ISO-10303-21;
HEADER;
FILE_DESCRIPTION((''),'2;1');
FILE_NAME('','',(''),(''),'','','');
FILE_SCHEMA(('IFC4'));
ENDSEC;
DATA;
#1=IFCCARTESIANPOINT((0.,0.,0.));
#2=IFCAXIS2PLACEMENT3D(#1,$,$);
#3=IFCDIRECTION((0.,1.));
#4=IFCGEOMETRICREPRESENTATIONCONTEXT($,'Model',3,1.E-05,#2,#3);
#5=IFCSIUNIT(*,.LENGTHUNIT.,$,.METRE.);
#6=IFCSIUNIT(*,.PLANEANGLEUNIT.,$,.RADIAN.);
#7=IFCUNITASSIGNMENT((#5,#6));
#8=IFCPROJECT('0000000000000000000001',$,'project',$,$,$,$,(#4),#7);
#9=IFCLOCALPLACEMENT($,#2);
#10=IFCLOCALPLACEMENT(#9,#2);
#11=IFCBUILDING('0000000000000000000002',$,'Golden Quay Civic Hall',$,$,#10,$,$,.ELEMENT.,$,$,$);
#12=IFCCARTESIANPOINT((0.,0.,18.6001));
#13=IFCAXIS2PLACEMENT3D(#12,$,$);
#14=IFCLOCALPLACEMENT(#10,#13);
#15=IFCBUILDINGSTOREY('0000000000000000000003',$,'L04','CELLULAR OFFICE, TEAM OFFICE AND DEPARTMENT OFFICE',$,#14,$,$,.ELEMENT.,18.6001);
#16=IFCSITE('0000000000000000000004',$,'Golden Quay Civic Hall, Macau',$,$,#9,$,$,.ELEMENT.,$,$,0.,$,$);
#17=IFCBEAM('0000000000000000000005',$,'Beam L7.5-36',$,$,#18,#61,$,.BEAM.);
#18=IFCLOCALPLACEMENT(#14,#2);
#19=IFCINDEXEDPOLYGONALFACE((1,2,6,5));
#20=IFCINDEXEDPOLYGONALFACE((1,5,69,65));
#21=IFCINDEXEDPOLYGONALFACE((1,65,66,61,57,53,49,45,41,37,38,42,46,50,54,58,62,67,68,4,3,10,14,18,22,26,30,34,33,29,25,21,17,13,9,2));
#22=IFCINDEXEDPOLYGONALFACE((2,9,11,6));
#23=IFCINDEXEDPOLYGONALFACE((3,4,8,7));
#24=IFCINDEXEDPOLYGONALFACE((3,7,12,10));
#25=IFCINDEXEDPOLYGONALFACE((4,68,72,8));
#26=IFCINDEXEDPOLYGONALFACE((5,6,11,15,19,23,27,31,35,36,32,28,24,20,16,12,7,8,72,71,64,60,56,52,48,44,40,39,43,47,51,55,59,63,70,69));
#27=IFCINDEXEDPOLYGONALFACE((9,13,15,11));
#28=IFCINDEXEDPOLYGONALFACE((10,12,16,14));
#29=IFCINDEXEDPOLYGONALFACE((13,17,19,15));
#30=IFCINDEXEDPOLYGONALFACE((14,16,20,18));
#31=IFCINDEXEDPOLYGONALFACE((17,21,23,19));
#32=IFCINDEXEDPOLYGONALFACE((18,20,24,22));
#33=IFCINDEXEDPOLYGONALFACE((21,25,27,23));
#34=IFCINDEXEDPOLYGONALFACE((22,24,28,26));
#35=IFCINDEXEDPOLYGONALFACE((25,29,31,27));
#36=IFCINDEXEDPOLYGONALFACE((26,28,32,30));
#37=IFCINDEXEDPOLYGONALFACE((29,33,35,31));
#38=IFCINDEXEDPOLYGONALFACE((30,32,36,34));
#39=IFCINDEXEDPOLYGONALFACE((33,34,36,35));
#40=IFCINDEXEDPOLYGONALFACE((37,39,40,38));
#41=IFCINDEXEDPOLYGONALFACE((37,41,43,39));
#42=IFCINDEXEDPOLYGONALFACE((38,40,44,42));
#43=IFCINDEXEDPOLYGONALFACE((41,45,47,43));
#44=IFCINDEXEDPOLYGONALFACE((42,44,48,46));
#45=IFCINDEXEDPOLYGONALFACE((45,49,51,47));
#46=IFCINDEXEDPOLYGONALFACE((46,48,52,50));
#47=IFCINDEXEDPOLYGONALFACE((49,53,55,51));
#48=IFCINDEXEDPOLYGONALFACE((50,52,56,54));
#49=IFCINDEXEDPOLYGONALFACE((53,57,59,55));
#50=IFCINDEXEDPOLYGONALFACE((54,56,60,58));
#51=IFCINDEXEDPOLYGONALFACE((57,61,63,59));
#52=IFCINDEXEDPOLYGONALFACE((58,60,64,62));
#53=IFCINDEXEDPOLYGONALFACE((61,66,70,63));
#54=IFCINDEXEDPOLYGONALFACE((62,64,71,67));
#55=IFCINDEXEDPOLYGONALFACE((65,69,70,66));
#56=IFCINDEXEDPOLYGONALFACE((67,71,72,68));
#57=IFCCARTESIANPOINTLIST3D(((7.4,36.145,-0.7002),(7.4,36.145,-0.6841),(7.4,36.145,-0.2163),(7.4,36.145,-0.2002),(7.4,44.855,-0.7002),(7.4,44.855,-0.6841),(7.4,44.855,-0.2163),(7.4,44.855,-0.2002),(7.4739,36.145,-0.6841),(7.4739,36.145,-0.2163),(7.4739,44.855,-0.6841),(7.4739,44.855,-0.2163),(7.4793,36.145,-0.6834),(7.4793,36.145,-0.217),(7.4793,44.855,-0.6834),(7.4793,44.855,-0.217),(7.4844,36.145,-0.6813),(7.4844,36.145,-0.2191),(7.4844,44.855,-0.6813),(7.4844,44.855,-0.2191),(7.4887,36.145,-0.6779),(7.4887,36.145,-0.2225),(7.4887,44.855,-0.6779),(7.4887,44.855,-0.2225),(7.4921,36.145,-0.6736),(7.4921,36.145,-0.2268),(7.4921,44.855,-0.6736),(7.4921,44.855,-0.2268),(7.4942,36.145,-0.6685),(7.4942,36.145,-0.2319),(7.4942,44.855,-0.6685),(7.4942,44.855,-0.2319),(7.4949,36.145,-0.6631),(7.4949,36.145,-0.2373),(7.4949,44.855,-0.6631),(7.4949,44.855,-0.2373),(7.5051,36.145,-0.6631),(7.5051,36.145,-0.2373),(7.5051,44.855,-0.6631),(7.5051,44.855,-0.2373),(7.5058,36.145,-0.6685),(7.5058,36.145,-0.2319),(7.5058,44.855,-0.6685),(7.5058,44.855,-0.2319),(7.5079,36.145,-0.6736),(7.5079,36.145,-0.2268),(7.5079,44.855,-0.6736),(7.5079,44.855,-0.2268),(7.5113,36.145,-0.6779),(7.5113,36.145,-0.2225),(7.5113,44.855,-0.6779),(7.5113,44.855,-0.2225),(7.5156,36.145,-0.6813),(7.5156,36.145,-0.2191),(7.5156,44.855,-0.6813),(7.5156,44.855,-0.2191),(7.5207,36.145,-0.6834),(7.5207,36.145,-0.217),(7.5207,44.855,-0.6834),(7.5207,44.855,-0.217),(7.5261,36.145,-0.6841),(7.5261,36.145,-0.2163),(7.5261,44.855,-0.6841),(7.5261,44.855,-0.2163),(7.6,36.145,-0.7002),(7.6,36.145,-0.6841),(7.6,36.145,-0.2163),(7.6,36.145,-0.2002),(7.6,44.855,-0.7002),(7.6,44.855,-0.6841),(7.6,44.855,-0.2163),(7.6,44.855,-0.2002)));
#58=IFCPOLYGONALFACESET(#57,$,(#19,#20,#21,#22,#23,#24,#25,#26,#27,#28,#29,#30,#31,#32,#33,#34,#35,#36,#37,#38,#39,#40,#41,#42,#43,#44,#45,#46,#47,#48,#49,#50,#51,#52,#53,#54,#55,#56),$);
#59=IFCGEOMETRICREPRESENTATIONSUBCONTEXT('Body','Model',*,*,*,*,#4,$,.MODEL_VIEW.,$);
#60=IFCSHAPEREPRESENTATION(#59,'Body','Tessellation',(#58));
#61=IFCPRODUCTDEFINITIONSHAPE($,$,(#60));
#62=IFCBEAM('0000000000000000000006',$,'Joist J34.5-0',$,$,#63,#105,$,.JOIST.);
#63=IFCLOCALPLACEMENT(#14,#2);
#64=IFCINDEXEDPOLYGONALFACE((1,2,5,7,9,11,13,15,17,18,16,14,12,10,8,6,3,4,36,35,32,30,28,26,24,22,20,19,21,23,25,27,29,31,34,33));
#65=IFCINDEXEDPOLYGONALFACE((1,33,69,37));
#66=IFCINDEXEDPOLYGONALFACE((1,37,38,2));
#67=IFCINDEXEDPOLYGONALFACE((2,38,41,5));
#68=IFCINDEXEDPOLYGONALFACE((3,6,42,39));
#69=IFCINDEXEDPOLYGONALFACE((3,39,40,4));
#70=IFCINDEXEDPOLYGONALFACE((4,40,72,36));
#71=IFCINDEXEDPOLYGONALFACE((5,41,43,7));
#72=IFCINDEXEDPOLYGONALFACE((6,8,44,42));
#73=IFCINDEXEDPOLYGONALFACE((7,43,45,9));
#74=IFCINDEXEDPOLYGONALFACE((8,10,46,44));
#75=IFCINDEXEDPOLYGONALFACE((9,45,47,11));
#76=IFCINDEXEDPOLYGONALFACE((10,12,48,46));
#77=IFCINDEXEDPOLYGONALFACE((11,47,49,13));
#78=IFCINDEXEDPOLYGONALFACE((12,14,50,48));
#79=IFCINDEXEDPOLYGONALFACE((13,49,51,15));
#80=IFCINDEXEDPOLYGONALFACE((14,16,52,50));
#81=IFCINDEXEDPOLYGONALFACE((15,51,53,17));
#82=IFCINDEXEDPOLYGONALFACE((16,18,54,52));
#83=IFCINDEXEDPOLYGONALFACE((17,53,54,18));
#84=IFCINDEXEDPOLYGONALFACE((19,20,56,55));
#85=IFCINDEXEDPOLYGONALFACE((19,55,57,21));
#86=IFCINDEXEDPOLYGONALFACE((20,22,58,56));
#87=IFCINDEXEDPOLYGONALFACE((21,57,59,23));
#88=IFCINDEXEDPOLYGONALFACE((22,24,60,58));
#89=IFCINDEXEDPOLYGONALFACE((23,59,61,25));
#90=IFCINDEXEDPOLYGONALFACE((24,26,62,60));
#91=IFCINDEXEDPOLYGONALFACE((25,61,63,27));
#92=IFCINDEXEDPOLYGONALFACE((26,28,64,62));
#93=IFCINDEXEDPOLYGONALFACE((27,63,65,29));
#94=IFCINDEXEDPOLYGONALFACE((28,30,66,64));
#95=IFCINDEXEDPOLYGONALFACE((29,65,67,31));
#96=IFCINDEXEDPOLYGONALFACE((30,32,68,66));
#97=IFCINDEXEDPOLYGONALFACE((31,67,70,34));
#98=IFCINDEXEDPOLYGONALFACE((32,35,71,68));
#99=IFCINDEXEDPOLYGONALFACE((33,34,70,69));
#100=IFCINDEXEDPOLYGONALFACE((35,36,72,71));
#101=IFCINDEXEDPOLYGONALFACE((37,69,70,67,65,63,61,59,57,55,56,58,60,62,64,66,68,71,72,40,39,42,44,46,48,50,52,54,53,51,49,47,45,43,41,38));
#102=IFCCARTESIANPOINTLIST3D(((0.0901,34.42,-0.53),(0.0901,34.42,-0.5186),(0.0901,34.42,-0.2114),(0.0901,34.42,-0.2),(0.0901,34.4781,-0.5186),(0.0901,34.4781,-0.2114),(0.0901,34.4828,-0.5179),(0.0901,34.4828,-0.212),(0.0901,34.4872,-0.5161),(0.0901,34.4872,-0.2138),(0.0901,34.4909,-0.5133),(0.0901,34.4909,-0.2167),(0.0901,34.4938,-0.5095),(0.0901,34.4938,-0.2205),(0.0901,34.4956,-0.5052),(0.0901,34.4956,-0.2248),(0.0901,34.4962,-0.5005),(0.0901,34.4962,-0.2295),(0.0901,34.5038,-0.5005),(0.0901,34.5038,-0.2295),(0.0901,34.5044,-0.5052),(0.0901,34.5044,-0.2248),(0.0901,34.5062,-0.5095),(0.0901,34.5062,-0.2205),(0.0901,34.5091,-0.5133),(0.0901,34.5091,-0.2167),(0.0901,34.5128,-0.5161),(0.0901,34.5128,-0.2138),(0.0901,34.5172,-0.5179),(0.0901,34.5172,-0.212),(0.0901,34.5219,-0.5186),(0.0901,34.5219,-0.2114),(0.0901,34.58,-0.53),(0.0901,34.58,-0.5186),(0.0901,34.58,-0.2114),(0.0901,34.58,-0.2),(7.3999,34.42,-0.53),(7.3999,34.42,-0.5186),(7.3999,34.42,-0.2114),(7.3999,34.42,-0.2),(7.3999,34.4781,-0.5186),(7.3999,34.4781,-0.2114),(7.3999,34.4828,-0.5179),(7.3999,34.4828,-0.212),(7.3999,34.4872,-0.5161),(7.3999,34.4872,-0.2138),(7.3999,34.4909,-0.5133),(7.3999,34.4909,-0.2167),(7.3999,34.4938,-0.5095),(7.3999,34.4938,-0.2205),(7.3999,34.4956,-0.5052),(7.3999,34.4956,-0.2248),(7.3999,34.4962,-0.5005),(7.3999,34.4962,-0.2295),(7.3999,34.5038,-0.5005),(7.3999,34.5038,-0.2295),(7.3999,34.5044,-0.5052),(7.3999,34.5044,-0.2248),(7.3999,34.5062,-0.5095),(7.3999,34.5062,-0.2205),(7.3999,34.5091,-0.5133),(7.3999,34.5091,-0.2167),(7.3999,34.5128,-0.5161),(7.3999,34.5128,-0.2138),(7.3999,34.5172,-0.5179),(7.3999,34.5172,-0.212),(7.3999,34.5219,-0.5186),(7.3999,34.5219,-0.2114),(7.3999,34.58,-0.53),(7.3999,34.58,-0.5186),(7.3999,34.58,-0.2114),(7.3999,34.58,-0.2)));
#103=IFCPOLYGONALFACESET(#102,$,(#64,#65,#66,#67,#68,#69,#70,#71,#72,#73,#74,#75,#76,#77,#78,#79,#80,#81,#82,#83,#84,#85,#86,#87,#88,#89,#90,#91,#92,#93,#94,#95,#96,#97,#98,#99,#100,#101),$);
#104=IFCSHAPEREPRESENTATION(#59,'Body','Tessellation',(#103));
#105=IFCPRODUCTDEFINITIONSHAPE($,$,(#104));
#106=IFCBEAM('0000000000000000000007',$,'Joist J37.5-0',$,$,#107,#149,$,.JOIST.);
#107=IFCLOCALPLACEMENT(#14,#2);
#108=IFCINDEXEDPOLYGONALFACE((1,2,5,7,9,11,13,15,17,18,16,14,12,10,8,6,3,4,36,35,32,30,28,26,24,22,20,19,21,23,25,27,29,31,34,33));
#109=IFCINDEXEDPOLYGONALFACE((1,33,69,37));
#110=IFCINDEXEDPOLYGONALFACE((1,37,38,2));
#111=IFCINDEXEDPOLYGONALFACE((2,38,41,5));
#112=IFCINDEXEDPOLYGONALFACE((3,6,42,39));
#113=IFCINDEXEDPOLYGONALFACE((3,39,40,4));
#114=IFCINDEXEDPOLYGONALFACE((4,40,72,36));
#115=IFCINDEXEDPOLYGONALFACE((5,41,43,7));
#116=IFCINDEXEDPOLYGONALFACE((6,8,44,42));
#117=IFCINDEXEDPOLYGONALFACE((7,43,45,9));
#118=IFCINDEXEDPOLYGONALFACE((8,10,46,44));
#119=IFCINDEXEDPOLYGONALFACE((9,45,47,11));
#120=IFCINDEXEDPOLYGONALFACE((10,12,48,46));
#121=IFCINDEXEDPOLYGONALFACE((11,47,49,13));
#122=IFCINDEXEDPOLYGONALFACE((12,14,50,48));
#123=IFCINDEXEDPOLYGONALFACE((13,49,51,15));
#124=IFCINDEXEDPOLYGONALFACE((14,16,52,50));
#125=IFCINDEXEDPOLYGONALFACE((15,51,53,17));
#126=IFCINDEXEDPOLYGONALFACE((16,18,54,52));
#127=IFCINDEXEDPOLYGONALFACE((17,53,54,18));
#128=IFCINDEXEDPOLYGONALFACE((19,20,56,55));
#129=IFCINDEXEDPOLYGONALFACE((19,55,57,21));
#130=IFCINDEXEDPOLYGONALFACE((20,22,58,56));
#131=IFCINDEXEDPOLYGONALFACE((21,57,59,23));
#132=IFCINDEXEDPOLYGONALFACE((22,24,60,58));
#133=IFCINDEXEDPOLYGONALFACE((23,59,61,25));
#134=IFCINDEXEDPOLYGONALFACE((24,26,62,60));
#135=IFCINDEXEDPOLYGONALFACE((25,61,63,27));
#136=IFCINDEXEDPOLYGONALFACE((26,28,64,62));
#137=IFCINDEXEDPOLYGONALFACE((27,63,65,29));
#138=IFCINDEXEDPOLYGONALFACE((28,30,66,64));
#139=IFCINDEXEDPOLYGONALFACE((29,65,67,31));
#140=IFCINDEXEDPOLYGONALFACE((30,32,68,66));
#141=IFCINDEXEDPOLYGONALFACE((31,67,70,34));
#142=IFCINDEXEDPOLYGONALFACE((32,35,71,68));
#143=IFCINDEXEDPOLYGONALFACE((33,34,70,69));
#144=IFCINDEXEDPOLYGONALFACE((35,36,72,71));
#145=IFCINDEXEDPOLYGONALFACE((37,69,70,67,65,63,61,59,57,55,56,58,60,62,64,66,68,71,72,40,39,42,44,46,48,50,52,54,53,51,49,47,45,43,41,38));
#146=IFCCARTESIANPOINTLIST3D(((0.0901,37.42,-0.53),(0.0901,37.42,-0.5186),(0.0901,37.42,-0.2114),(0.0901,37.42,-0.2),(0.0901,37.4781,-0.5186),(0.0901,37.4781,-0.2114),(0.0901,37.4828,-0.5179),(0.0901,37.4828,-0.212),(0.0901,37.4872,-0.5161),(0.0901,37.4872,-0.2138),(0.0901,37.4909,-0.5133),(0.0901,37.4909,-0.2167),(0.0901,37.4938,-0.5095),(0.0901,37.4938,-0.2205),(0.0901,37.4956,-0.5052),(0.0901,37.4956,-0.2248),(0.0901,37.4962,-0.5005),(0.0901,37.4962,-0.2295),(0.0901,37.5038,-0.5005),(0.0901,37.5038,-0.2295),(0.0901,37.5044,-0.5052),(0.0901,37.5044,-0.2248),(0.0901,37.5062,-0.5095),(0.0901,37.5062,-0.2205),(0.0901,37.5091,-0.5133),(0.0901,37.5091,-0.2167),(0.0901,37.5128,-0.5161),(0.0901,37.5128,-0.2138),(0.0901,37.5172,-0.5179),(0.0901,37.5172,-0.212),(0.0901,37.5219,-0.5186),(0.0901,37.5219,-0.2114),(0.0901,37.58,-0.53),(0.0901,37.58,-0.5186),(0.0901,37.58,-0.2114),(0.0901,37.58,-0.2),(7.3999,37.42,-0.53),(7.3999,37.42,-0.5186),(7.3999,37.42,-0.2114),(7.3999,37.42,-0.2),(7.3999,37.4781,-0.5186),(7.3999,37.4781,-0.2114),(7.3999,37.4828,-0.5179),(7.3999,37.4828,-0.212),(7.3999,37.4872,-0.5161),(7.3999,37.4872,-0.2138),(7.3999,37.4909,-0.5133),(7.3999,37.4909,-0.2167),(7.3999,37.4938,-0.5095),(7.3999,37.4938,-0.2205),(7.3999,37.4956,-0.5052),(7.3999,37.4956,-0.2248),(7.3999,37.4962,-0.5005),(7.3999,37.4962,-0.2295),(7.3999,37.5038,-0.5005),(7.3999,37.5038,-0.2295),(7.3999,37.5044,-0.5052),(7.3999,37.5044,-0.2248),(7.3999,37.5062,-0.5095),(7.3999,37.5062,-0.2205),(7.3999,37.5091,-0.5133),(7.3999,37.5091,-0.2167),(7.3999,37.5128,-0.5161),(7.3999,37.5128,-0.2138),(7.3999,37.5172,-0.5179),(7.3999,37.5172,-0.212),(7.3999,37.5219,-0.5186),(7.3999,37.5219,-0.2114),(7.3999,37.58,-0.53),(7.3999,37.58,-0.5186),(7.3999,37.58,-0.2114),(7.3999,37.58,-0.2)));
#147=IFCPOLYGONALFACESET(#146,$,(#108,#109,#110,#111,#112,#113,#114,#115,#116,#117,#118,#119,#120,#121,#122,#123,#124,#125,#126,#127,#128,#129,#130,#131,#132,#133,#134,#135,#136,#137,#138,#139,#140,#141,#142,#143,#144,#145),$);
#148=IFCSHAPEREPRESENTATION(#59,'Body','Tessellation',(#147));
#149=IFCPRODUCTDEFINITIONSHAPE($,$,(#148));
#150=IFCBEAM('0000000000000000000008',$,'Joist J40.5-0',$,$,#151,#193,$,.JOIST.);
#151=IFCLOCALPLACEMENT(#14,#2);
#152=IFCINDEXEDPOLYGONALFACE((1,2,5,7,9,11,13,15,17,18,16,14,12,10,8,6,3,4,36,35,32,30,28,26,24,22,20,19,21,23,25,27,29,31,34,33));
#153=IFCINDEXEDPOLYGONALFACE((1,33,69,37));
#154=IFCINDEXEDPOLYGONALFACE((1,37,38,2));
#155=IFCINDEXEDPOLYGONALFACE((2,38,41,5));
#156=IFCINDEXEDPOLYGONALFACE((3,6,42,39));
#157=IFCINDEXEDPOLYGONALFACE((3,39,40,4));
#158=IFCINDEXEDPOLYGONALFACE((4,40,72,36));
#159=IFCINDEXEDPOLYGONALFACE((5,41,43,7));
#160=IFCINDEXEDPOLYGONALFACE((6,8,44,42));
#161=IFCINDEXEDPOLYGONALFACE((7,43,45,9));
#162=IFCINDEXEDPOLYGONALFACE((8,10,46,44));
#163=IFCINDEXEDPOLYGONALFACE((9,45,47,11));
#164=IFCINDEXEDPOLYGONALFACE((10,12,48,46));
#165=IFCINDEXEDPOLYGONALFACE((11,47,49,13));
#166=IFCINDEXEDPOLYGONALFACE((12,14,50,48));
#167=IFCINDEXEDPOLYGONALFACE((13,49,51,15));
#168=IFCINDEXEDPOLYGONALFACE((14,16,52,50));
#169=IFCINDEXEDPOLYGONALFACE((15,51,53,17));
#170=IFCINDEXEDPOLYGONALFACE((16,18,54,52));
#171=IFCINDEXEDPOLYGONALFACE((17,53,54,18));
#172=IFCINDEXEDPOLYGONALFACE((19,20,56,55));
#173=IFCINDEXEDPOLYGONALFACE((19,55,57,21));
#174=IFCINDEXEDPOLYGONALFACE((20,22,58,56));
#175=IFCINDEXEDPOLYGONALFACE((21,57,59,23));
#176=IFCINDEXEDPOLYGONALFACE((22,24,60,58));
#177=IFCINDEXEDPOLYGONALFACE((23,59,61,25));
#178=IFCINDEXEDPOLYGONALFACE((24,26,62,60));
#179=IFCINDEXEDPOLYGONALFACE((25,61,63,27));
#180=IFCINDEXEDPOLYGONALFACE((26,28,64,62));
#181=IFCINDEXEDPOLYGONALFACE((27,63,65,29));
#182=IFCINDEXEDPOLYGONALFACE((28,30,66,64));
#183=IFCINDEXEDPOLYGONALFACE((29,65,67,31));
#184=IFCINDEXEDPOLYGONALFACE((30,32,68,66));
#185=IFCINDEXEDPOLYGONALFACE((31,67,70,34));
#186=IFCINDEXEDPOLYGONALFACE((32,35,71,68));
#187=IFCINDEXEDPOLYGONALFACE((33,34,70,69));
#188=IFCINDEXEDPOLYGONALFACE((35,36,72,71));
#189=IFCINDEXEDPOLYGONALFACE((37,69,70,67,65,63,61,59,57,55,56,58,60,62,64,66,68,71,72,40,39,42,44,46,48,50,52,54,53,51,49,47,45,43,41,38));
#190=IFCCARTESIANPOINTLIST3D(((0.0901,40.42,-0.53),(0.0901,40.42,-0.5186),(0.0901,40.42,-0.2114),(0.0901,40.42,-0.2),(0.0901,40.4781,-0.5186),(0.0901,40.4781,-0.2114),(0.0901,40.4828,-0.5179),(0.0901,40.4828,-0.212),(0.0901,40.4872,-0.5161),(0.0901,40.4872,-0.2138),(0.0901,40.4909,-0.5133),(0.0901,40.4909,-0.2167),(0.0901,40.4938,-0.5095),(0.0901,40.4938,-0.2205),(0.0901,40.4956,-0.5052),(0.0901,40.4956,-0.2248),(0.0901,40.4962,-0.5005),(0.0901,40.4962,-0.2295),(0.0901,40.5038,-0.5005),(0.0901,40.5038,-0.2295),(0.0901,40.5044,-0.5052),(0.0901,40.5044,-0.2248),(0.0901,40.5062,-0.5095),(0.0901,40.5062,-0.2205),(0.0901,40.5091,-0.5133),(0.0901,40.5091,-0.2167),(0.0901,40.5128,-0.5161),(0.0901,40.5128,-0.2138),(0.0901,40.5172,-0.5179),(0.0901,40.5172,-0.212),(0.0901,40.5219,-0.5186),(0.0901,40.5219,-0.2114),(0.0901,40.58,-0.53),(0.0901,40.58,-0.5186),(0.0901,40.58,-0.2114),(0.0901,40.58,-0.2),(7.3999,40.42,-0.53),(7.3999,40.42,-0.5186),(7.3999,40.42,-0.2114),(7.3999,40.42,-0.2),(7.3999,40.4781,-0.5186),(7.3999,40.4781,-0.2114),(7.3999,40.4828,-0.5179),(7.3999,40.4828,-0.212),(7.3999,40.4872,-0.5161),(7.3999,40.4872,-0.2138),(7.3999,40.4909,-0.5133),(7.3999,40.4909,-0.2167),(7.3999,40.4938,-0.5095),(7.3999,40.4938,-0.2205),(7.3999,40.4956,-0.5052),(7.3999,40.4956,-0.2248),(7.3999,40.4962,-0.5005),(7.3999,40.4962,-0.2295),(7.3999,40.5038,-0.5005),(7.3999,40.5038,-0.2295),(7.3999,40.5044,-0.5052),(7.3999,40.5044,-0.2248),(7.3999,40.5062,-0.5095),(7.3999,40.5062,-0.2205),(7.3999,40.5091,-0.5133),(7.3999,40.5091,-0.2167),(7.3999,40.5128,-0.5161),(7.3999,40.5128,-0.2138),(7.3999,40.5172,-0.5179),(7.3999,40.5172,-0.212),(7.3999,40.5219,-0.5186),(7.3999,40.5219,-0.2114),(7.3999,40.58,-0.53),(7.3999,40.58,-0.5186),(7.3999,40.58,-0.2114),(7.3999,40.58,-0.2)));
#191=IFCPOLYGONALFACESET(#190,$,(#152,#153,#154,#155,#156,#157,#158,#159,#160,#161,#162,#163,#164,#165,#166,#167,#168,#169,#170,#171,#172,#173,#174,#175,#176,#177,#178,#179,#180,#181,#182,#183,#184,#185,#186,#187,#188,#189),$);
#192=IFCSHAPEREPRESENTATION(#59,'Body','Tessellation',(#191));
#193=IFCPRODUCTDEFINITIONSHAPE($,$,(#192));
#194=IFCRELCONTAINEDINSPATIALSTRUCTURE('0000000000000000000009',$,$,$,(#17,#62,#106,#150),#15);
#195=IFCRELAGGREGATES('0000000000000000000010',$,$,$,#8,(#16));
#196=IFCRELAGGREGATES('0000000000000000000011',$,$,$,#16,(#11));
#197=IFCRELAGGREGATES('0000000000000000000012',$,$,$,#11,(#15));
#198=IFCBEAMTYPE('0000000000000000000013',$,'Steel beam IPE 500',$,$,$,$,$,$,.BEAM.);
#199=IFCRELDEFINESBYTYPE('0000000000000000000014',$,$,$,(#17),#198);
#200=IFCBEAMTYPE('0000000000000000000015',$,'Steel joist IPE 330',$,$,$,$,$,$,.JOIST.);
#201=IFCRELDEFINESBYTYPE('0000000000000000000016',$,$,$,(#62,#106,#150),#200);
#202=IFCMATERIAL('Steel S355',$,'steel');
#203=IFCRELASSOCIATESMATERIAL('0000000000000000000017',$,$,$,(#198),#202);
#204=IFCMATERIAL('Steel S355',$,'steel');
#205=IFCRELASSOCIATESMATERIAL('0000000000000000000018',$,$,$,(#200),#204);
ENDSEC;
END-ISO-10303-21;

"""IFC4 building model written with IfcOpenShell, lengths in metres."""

from ifc_helpers import new_model, si_unit, direction, frame, origin, origin_2d, place, context, subcontext, project, spatial, i_section, extrude, material, material_profile, profile_set, type_object, element, save


model = new_model("IFC4")

# Units and contexts
model_context = context("Model", 3, precision=1e-05, world=origin(), true_north=direction((0.0, 1.0)))
body_context = subcontext(model_context, "Body", "Model", "MODEL_VIEW")
ifc_project = project(units=[si_unit("LENGTHUNIT", "METRE"), si_unit("PLANEANGLEUNIT", "RADIAN")], contexts=[model_context])

# Site, building, storey
site_placement = place(None, origin())
site = spatial("IfcSite", under=ifc_project, at=site_placement, Name="Golden Quay Civic Hall, Macau", CompositionType="ELEMENT", RefElevation=0.0)
building_placement = place(site_placement, origin())
building = spatial("IfcBuilding", under=site, at=building_placement, Name="Golden Quay Civic Hall", CompositionType="ELEMENT")
storey_placement = place(building_placement, frame((0.0, 0.0, 18.6001)))
storey = spatial("IfcBuildingStorey", under=building, at=storey_placement, Name="L04", Description="CELLULAR OFFICE, TEAM OFFICE AND DEPARTMENT OFFICE", CompositionType="ELEMENT", Elevation=18.6001)

# Beams
ifc_material_1 = material(Name="Steel S355", Category="steel")
ifc_material_profile_1 = material_profile(ifc_material_1, i_section(OverallWidth=0.2, OverallDepth=0.5, WebThickness=0.0103, FlangeThickness=0.0161, FilletRadius=0.021, at=origin_2d()), Name="IPE 500")
ifc_profile_set_1 = profile_set([ifc_material_profile_1], Name="Steel S355")
beam_type_1 = type_object("IfcBeamType", Name="Steel beam IPE 500", PredefinedType="BEAM", material=ifc_profile_set_1)
beam_1_placement = place(storey_placement, frame((7.5, 36.145, -0.4502), z_axis=(0.0, 1.0, 0.0), x_axis=(-1.0, 0.0, 0.0)))
element("IfcBeam", 1, at=beam_1_placement, inside=storey, type_object=beam_type_1, Name="Beam L7.5-36", PredefinedType="BEAM", context=body_context, shape_type="SweptSolid", body=[
    extrude(i_section(OverallWidth=0.2, OverallDepth=0.5, WebThickness=0.0103, FlangeThickness=0.0161, FilletRadius=0.021, at=origin_2d()), origin(), (0.0, 0.0, 1.0), 8.71),
])
ifc_material_2 = material(Name="Steel S355", Category="steel")
ifc_material_profile_2 = material_profile(ifc_material_2, i_section(OverallWidth=0.1599, OverallDepth=0.3301, WebThickness=0.0076, FlangeThickness=0.0115, FilletRadius=0.0181, at=origin_2d()), Name="IPE 330")
ifc_profile_set_2 = profile_set([ifc_material_profile_2], Name="Steel S355")
beam_type_2 = type_object("IfcBeamType", Name="Steel joist IPE 330", PredefinedType="JOIST", material=ifc_profile_set_2)
for number, where, z_axis, x_axis, name in (
    (2, (0.0901, 34.5, -0.365), (1.0, 0.0, 0.0), (0.0, 1.0, 0.0), "Joist J34.5-0"),
    (3, (0.0901, 37.5, -0.365), (1.0, 0.0, 0.0), (0.0, 1.0, 0.0), "Joist J37.5-0"),
    (4, (0.0901, 40.5, -0.365), (1.0, 0.0, 0.0), (0.0, 1.0, 0.0), "Joist J40.5-0"),
):
    element("IfcBeam", number, at=place(storey_placement, frame(where, z_axis=z_axis, x_axis=x_axis)), inside=storey, type_object=beam_type_2, Name=name, PredefinedType="JOIST", context=body_context, shape_type="SweptSolid", body=[
        extrude(i_section(OverallWidth=0.1599, OverallDepth=0.3301, WebThickness=0.0076, FlangeThickness=0.0115, FilletRadius=0.0181, at=origin_2d()), origin(), (0.0, 0.0, 1.0), 7.3098),
    ])

save(model, "model.ifc")
